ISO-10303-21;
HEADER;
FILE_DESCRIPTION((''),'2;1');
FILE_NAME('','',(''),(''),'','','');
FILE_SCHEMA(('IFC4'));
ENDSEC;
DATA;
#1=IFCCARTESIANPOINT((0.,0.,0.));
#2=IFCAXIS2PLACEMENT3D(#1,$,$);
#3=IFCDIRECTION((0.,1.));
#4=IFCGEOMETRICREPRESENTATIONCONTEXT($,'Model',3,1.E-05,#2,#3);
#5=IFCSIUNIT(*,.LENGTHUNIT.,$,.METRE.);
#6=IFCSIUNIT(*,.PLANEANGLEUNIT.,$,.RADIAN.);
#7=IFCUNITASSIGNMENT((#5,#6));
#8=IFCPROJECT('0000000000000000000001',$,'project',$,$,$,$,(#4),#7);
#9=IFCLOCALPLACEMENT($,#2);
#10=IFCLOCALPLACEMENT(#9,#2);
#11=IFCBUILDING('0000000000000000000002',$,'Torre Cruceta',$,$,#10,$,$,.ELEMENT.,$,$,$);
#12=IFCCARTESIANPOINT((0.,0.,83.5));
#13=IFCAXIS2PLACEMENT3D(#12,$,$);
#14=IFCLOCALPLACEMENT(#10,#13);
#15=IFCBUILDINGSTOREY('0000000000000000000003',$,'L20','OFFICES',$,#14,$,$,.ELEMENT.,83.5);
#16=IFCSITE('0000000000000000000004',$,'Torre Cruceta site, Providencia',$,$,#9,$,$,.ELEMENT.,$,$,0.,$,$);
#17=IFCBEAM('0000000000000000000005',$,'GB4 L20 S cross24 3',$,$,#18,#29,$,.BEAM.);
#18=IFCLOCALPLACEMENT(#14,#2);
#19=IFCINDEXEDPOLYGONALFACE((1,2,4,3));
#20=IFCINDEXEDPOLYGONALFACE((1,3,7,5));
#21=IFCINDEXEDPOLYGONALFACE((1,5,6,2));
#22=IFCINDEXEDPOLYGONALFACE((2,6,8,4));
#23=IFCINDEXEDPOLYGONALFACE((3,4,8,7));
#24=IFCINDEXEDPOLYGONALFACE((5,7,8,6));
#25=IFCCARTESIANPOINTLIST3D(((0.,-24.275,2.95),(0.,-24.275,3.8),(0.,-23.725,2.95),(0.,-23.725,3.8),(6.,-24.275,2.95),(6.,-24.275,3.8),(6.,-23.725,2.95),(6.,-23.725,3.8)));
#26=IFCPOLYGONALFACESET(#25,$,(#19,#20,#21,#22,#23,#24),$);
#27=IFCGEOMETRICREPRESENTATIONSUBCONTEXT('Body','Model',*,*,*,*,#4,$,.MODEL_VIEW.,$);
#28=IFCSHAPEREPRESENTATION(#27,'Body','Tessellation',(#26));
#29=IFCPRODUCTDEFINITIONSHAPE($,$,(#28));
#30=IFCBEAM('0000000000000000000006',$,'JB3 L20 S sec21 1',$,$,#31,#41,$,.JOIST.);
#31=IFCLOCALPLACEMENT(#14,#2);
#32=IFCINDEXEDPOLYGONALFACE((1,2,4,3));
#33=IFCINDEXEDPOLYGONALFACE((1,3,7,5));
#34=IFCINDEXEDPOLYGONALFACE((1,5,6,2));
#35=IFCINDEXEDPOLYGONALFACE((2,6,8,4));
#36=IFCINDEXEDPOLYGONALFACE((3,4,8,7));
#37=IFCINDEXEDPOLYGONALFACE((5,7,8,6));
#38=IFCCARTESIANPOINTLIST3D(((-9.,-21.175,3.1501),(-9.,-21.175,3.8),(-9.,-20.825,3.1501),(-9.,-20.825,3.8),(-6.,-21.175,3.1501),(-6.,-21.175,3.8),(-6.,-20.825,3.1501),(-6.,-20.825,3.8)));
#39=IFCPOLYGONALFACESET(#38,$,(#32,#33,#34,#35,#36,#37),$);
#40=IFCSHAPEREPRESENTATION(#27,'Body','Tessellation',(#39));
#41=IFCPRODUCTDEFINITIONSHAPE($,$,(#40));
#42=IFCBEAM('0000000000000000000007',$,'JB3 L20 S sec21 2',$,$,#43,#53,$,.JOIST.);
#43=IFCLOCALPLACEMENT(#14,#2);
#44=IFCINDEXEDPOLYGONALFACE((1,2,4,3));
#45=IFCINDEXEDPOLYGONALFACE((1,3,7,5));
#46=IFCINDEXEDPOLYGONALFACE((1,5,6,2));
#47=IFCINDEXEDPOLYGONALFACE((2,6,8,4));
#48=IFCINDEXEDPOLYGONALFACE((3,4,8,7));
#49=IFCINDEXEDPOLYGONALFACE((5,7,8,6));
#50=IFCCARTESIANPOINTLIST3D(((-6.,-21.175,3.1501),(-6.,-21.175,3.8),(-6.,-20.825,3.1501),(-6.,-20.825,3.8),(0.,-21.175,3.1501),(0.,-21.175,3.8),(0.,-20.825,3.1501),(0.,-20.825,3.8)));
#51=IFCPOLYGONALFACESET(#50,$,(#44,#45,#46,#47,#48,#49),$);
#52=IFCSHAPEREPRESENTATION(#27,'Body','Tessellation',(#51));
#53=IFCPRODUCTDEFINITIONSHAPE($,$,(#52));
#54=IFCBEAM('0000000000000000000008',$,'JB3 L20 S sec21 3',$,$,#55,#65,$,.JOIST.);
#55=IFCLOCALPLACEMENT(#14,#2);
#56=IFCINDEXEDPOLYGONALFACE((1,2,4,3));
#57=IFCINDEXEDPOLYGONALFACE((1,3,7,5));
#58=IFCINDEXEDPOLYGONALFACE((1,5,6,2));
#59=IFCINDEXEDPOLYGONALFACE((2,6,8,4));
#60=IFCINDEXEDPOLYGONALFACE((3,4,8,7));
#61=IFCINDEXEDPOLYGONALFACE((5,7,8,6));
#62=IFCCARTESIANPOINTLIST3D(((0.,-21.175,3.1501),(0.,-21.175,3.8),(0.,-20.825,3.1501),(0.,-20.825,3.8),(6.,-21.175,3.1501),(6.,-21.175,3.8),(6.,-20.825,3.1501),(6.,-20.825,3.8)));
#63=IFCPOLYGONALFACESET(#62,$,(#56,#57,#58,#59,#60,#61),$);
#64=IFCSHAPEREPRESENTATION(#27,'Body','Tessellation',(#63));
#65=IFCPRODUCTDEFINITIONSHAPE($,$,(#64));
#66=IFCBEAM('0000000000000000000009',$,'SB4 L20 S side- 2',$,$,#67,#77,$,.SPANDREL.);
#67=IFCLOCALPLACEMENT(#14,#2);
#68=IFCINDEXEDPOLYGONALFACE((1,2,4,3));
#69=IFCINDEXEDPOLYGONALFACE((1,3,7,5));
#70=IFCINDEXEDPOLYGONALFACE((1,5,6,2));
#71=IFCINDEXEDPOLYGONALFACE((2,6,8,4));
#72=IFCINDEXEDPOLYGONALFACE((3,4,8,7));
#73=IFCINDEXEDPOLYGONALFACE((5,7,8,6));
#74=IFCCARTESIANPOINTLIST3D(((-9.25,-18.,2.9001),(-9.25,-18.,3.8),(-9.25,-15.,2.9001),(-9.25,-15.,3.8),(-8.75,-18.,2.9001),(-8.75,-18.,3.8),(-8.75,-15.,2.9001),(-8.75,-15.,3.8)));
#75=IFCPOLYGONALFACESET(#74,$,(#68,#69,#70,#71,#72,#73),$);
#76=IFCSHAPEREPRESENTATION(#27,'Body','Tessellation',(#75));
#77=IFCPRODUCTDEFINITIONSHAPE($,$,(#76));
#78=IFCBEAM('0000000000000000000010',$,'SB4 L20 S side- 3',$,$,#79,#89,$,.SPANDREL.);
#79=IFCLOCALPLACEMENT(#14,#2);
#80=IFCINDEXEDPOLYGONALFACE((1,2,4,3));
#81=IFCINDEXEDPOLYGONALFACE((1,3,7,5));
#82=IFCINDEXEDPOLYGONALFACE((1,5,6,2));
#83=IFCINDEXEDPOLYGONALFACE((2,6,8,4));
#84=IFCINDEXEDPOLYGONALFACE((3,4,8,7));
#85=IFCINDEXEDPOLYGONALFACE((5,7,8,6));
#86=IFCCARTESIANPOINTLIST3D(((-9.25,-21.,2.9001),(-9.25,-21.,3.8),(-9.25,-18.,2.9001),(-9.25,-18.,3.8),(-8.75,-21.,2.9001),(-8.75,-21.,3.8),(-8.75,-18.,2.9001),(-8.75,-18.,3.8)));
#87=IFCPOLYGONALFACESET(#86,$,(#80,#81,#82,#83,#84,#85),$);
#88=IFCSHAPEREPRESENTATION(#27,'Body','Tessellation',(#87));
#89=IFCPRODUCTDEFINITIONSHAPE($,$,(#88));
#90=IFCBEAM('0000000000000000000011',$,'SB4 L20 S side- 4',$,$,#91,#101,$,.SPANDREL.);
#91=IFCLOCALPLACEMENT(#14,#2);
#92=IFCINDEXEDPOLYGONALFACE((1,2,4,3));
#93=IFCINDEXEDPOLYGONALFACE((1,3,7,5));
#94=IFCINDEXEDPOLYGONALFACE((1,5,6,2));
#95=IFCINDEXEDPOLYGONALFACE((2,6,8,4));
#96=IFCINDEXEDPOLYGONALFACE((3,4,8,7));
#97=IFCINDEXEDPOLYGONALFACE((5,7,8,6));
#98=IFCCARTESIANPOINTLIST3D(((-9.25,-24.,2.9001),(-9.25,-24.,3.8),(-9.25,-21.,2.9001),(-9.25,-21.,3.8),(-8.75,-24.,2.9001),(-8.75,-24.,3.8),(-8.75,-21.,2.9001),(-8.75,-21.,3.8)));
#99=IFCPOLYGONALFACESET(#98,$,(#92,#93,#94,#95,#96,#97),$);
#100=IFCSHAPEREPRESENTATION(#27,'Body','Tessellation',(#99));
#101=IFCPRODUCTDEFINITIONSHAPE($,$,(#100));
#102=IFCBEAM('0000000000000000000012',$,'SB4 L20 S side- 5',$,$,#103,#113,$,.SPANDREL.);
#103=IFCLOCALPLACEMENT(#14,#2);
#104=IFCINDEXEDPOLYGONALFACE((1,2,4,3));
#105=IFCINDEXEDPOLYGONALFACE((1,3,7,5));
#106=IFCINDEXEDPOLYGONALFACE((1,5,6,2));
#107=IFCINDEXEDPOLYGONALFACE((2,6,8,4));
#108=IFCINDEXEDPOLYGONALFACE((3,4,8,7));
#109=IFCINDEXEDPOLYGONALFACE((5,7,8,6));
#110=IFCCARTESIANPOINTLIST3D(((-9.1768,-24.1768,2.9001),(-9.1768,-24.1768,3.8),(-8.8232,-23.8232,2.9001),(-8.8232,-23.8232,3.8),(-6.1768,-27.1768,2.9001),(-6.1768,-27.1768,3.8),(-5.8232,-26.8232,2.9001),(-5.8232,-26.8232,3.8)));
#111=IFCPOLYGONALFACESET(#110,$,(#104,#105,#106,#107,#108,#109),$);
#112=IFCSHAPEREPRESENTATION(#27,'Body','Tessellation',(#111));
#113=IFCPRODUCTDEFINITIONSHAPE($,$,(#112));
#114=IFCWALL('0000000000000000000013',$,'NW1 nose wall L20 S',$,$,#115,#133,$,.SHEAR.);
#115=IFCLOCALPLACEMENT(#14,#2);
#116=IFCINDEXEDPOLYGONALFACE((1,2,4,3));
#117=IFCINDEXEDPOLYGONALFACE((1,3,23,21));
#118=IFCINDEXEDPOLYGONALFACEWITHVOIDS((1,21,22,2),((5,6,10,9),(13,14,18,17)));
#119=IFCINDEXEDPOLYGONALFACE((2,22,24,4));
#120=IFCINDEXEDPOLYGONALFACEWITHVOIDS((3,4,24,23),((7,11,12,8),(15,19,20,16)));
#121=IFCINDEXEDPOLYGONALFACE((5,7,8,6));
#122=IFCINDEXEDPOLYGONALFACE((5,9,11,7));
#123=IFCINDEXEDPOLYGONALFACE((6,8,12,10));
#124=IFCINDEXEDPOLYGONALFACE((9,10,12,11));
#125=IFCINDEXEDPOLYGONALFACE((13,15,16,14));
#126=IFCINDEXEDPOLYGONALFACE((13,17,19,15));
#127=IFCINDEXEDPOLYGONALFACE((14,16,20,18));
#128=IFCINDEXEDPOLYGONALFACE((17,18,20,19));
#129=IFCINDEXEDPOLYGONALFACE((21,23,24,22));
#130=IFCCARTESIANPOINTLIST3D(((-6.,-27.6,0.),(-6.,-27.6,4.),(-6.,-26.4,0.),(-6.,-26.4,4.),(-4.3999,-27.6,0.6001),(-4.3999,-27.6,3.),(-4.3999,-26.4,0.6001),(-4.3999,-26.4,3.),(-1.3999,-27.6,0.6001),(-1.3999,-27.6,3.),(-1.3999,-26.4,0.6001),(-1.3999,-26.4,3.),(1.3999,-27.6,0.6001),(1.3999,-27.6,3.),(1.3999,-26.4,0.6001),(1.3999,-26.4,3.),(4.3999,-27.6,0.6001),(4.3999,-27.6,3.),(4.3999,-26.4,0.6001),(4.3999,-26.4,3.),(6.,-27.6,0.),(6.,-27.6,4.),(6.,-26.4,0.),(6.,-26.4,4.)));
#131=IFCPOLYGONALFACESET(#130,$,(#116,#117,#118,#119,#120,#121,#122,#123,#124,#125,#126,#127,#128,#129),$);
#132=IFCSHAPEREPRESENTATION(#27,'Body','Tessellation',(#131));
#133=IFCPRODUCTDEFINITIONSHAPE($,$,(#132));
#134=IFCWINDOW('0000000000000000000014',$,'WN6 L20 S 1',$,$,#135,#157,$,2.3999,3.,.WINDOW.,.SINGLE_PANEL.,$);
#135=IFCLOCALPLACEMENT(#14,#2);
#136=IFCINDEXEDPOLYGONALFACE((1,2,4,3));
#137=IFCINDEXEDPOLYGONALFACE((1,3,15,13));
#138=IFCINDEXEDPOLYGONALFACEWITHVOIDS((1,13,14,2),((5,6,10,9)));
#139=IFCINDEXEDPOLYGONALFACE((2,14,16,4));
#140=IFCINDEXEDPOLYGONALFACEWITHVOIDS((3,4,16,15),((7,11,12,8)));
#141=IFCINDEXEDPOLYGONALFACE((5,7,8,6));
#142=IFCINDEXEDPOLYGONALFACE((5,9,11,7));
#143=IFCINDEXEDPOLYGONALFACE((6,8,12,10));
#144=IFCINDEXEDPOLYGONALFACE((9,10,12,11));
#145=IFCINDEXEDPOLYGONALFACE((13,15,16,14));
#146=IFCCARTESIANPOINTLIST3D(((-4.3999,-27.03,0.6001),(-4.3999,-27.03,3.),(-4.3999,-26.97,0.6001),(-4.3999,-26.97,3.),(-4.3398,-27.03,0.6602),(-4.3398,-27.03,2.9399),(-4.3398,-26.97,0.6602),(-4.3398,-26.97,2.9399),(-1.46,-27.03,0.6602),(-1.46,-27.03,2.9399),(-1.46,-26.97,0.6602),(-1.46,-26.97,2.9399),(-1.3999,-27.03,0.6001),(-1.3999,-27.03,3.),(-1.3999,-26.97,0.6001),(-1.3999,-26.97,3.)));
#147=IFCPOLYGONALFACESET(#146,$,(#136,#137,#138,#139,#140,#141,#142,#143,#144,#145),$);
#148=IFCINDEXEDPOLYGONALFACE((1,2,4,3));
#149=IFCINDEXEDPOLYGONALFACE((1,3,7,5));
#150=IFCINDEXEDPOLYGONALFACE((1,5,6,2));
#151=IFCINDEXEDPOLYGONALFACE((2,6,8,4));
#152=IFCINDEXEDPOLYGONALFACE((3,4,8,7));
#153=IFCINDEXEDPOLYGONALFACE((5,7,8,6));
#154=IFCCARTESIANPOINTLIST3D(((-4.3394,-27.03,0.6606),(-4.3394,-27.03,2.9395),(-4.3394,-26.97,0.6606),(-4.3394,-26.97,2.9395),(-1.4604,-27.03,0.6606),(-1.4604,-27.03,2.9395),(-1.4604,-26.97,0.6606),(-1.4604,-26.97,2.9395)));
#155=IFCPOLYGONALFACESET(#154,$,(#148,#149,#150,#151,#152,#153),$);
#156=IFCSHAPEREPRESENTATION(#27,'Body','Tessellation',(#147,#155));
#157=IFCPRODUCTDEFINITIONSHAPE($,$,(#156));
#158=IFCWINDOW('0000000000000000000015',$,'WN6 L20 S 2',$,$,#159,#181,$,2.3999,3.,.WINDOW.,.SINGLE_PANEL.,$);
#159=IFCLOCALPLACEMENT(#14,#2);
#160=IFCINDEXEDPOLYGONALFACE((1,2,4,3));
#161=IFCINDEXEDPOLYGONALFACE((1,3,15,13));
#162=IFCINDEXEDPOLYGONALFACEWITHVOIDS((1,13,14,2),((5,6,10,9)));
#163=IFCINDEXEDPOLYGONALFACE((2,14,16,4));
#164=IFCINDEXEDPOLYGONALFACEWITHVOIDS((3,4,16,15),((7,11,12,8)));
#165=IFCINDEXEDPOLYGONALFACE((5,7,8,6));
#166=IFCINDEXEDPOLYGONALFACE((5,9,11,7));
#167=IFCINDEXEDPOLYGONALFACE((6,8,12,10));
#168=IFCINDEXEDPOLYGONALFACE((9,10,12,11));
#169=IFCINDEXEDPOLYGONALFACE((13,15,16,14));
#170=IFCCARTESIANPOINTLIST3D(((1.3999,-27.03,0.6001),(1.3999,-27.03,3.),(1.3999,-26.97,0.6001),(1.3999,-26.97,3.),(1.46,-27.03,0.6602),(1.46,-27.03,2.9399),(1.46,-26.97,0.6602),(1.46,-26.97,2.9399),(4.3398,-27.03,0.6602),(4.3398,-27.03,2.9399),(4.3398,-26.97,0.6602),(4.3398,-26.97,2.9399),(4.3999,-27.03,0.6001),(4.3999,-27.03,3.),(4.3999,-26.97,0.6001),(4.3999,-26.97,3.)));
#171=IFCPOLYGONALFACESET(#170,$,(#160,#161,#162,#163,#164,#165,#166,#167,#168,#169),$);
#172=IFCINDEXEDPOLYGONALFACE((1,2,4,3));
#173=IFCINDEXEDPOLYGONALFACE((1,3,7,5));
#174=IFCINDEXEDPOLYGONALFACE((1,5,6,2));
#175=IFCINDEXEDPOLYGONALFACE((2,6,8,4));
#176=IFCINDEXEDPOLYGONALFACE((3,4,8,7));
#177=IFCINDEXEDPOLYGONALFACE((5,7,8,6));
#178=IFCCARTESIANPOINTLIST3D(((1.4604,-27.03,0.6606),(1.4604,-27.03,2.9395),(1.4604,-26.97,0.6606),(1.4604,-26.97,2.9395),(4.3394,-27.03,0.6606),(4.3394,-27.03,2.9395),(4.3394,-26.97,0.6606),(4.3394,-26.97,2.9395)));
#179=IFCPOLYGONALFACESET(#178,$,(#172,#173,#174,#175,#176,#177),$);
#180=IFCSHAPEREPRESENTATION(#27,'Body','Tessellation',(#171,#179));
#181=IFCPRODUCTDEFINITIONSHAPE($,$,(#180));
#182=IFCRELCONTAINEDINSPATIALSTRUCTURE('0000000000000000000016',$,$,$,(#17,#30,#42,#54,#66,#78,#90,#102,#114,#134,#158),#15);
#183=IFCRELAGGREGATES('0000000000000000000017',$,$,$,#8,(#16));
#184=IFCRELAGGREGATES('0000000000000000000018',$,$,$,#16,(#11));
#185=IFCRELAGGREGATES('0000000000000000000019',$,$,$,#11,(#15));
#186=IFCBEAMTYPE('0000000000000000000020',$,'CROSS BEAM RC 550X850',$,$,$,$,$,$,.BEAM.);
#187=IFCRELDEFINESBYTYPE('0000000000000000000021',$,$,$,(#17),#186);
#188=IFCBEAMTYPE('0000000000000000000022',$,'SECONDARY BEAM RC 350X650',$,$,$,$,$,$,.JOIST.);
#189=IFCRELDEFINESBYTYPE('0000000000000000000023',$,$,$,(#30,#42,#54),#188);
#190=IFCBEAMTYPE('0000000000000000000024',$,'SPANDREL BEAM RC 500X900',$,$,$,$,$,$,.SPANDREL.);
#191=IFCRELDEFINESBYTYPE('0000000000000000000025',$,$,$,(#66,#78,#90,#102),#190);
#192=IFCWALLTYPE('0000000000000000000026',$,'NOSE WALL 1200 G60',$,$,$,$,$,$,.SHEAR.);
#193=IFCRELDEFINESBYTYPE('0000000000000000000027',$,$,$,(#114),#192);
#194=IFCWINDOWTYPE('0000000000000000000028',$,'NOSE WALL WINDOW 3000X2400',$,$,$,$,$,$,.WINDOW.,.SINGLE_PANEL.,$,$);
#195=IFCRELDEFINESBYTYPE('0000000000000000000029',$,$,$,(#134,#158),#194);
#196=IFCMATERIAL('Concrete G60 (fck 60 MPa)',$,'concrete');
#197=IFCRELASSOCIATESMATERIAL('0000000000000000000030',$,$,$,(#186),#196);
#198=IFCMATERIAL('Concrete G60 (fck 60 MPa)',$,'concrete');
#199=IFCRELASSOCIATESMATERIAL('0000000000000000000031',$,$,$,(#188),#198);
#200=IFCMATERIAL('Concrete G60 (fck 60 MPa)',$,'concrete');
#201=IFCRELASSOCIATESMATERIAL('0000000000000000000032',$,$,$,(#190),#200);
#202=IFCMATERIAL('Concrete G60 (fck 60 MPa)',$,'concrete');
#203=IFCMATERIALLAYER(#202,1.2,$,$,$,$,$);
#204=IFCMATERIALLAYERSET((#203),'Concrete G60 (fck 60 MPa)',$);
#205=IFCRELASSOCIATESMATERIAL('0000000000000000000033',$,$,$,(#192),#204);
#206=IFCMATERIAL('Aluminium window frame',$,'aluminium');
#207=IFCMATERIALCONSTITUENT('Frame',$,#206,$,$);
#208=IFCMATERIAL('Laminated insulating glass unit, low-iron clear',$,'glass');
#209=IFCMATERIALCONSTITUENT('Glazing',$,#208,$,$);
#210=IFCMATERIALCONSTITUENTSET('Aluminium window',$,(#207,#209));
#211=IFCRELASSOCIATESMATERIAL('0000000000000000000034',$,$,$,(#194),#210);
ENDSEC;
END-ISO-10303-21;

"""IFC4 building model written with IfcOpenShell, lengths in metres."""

from ifc_helpers import new_model, si_unit, direction, frame, frame_2d, origin, origin_2d, place, context, subcontext, project, spatial, rectangle, hollow_rectangle, extrude, material, layer, layer_set, constituent, constituent_set, material_profile, profile_set, type_object, element, fill, save


model = new_model("IFC4")

# Units and contexts
model_context = context("Model", 3, precision=1e-05, world=origin(), true_north=direction((0.0, 1.0)))
body_context = subcontext(model_context, "Body", "Model", "MODEL_VIEW")
ifc_project = project(units=[si_unit("LENGTHUNIT", "METRE"), si_unit("PLANEANGLEUNIT", "RADIAN")], contexts=[model_context])

# Site, building, storey
site_placement = place(None, origin())
site = spatial("IfcSite", under=ifc_project, at=site_placement, Name="Torre Cruceta site, Providencia", CompositionType="ELEMENT", RefElevation=0.0)
building_placement = place(site_placement, origin())
building = spatial("IfcBuilding", under=site, at=building_placement, Name="Torre Cruceta", CompositionType="ELEMENT")
storey_placement = place(building_placement, frame((0.0, 0.0, 83.5)))
storey = spatial("IfcBuildingStorey", under=building, at=storey_placement, Name="L20", Description="OFFICES", CompositionType="ELEMENT", Elevation=83.5)

# Beams
ifc_material_1 = material(Name="Concrete G60 (fck 60 MPa)", Category="concrete")
ifc_material_profile_1 = material_profile(ifc_material_1, rectangle(XDim=0.55, YDim=0.8501, at=origin_2d()), Name="RC 550X850")
ifc_profile_set_1 = profile_set([ifc_material_profile_1], Name="Concrete G60 (fck 60 MPa)")
beam_type_1 = type_object("IfcBeamType", Name="CROSS BEAM RC 550X850", PredefinedType="BEAM", material=ifc_profile_set_1)
for number, where, z_axis, x_axis, name in (
    (1, (0.0, -24.0, 3.375), (1.0, 0.0, 0.0), (0.0, 1.0, 0.0), "GB4 L20 S cross24 3"),
):
    element("IfcBeam", number, at=place(storey_placement, frame(where, z_axis=z_axis, x_axis=x_axis)), inside=storey, type_object=beam_type_1, Name=name, PredefinedType="BEAM", context=body_context, shape_type="SweptSolid", body=[
        extrude(rectangle(XDim=0.55, YDim=0.8501, at=origin_2d()), origin(), (0.0, 0.0, 1.0), 6.0),
    ])
ifc_material_2 = material(Name="Concrete G60 (fck 60 MPa)", Category="concrete")
ifc_material_profile_2 = material_profile(ifc_material_2, rectangle(XDim=0.3501, YDim=0.6499, at=origin_2d()), Name="RC 350X650")
ifc_profile_set_2 = profile_set([ifc_material_profile_2], Name="Concrete G60 (fck 60 MPa)")
beam_type_2 = type_object("IfcBeamType", Name="SECONDARY BEAM RC 350X650", PredefinedType="JOIST", material=ifc_profile_set_2)
beam_1_placement = place(storey_placement, frame((-9.0, -21.0, 3.4751), z_axis=(1.0, 0.0, 0.0), x_axis=(0.0, 1.0, 0.0)))
element("IfcBeam", 2, at=beam_1_placement, inside=storey, type_object=beam_type_2, Name="JB3 L20 S sec21 1", PredefinedType="JOIST", context=body_context, shape_type="SweptSolid", body=[
    extrude(rectangle(XDim=0.3501, YDim=0.6499, at=origin_2d()), origin(), (0.0, 0.0, 1.0), 3.0),
])
for number, where, z_axis, x_axis, name in (
    (3, (-6.0, -21.0, 3.4751), (1.0, 0.0, 0.0), (0.0, 1.0, 0.0), "JB3 L20 S sec21 2"),
    (4, (0.0, -21.0, 3.4751), (1.0, 0.0, 0.0), (0.0, 1.0, 0.0), "JB3 L20 S sec21 3"),
):
    element("IfcBeam", number, at=place(storey_placement, frame(where, z_axis=z_axis, x_axis=x_axis)), inside=storey, type_object=beam_type_2, Name=name, PredefinedType="JOIST", context=body_context, shape_type="SweptSolid", body=[
        extrude(rectangle(XDim=0.3501, YDim=0.6499, at=origin_2d()), origin(), (0.0, 0.0, 1.0), 6.0),
    ])
ifc_material_3 = material(Name="Concrete G60 (fck 60 MPa)", Category="concrete")
ifc_material_profile_3 = material_profile(ifc_material_3, rectangle(XDim=0.5, YDim=0.8999, at=origin_2d()), Name="RC 500X900")
ifc_profile_set_3 = profile_set([ifc_material_profile_3], Name="Concrete G60 (fck 60 MPa)")
beam_type_3 = type_object("IfcBeamType", Name="SPANDREL BEAM RC 500X900", PredefinedType="SPANDREL", material=ifc_profile_set_3)
for number, where, z_axis, x_axis, name in (
    (5, (-9.0, -15.0, 3.3501), (0.0, -1.0, 0.0), (1.0, 0.0, 0.0), "SB4 L20 S side- 2"),
    (6, (-9.0, -18.0, 3.3501), (0.0, -1.0, 0.0), (1.0, 0.0, 0.0), "SB4 L20 S side- 3"),
    (7, (-9.0, -21.0, 3.3501), (0.0, -1.0, 0.0), (1.0, 0.0, 0.0), "SB4 L20 S side- 4"),
):
    element("IfcBeam", number, at=place(storey_placement, frame(where, z_axis=z_axis, x_axis=x_axis)), inside=storey, type_object=beam_type_3, Name=name, PredefinedType="SPANDREL", context=body_context, shape_type="SweptSolid", body=[
        extrude(rectangle(XDim=0.5, YDim=0.8999, at=origin_2d()), origin(), (0.0, 0.0, 1.0), 3.0),
    ])
beam_2_placement = place(storey_placement, frame((-9.0, -24.0, 3.3501), z_axis=(0.707107, -0.707107, 0.0), x_axis=(0.707107, 0.707107, 0.0)))
element("IfcBeam", 8, at=beam_2_placement, inside=storey, type_object=beam_type_3, Name="SB4 L20 S side- 5", PredefinedType="SPANDREL", context=body_context, shape_type="SweptSolid", body=[
    extrude(rectangle(XDim=0.5, YDim=0.8999, at=origin_2d()), origin(), (0.0, 0.0, 1.0), 4.2427),
])

# Wall, openings, windows
ifc_material_4 = material(Name="Concrete G60 (fck 60 MPa)", Category="concrete")
ifc_layer_1 = layer(ifc_material_4, 1.2)
ifc_layer_set_1 = layer_set([ifc_layer_1], Name="Concrete G60 (fck 60 MPa)")
wall_type_1 = type_object("IfcWallType", Name="NOSE WALL 1200 G60", PredefinedType="SHEAR", material=ifc_layer_set_1)
wall_1_placement = place(storey_placement, frame((-6.0, -27.0, 0.0), z_axis=(0.0, 0.0, 1.0), x_axis=(1.0, 0.0, 0.0)))
wall_1 = element("IfcWall", 9, at=wall_1_placement, inside=storey, type_object=wall_type_1, Name="NW1 nose wall L20 S", PredefinedType="SHEAR", context=body_context, shape_type="SweptSolid", body=[
    extrude(rectangle(XDim=12.0, YDim=1.2, at=frame_2d((6.0, 0.0))), origin(), (0.0, 0.0, 1.0), 4.0),
])
opening_1_placement = place(wall_1_placement, frame((1.6001, 0.0, 0.6001)))
opening_1 = element("IfcOpeningElement", 10, at=opening_1_placement, cuts=wall_1, PredefinedType="OPENING", context=body_context, shape_type="SweptSolid", body=[
    extrude(rectangle(XDim=3.0, YDim=2.3999, at=frame_2d((1.5, 1.2))), frame((0.0, 0.6099, 0.0), z_axis=(0.0, -1.0, 0.0), x_axis=(1.0, 0.0, 0.0)), (0.0, 0.0, 1.0), 1.22),
])
opening_2_placement = place(wall_1_placement, frame((7.3999, 0.0, 0.6001)))
opening_2 = element("IfcOpeningElement", 11, at=opening_2_placement, cuts=wall_1, PredefinedType="OPENING", context=body_context, shape_type="SweptSolid", body=[
    extrude(rectangle(XDim=3.0, YDim=2.3999, at=frame_2d((1.5, 1.2))), frame((0.0, 0.6099, 0.0), z_axis=(0.0, -1.0, 0.0), x_axis=(1.0, 0.0, 0.0)), (0.0, 0.0, 1.0), 1.22),
])
ifc_material_5 = material(Name="Aluminium window frame", Category="aluminium")
ifc_constituent_1 = constituent(ifc_material_5, Name="Frame")
ifc_material_6 = material(Name="Laminated insulating glass unit, low-iron clear", Category="glass")
ifc_constituent_2 = constituent(ifc_material_6, Name="Glazing")
ifc_constituent_set_1 = constituent_set(constituents=[ifc_constituent_1, ifc_constituent_2], Name="Aluminium window")
window_type = type_object("IfcWindowType", Name="NOSE WALL WINDOW 3000X2400", PartitioningType="SINGLE_PANEL", PredefinedType="WINDOW", material=ifc_constituent_set_1)
window_1_placement = place(opening_1_placement, origin())
window_1 = element("IfcWindow", 12, at=window_1_placement, inside=storey, type_object=window_type, Name="WN6 L20 S 1", OverallHeight=2.3999, OverallWidth=3.0, PartitioningType="SINGLE_PANEL", PredefinedType="WINDOW", context=body_context, shape_type="SweptSolid", body=[
    extrude(hollow_rectangle(XDim=3.0, YDim=2.3999, WallThickness=0.0601, at=frame_2d((1.5, 1.2))), frame((0.0, 0.03, 0.0), z_axis=(0.0, -1.0, 0.0), x_axis=(1.0, 0.0, 0.0)), (0.0, 0.0, 1.0), 0.0601),
    extrude(rectangle(XDim=2.8789, YDim=2.2788, at=frame_2d((1.5, 1.2))), frame((0.0, 0.03, 0.0), z_axis=(0.0, -1.0, 0.0), x_axis=(1.0, 0.0, 0.0)), (0.0, 0.0, 1.0), 0.0601),
])
fill(opening_1, window_1)
window_2_placement = place(opening_2_placement, origin())
window_2 = element("IfcWindow", 13, at=window_2_placement, inside=storey, type_object=window_type, Name="WN6 L20 S 2", OverallHeight=2.3999, OverallWidth=3.0, PartitioningType="SINGLE_PANEL", PredefinedType="WINDOW", context=body_context, shape_type="SweptSolid", body=[
    extrude(hollow_rectangle(XDim=3.0, YDim=2.3999, WallThickness=0.0601, at=frame_2d((1.5, 1.2))), frame((0.0, 0.03, 0.0), z_axis=(0.0, -1.0, 0.0), x_axis=(1.0, 0.0, 0.0)), (0.0, 0.0, 1.0), 0.0601),
    extrude(rectangle(XDim=2.8789, YDim=2.2788, at=frame_2d((1.5, 1.2))), frame((0.0, 0.03, 0.0), z_axis=(0.0, -1.0, 0.0), x_axis=(1.0, 0.0, 0.0)), (0.0, 0.0, 1.0), 0.0601),
])
fill(opening_2, window_2)

save(model, "model.ifc")
